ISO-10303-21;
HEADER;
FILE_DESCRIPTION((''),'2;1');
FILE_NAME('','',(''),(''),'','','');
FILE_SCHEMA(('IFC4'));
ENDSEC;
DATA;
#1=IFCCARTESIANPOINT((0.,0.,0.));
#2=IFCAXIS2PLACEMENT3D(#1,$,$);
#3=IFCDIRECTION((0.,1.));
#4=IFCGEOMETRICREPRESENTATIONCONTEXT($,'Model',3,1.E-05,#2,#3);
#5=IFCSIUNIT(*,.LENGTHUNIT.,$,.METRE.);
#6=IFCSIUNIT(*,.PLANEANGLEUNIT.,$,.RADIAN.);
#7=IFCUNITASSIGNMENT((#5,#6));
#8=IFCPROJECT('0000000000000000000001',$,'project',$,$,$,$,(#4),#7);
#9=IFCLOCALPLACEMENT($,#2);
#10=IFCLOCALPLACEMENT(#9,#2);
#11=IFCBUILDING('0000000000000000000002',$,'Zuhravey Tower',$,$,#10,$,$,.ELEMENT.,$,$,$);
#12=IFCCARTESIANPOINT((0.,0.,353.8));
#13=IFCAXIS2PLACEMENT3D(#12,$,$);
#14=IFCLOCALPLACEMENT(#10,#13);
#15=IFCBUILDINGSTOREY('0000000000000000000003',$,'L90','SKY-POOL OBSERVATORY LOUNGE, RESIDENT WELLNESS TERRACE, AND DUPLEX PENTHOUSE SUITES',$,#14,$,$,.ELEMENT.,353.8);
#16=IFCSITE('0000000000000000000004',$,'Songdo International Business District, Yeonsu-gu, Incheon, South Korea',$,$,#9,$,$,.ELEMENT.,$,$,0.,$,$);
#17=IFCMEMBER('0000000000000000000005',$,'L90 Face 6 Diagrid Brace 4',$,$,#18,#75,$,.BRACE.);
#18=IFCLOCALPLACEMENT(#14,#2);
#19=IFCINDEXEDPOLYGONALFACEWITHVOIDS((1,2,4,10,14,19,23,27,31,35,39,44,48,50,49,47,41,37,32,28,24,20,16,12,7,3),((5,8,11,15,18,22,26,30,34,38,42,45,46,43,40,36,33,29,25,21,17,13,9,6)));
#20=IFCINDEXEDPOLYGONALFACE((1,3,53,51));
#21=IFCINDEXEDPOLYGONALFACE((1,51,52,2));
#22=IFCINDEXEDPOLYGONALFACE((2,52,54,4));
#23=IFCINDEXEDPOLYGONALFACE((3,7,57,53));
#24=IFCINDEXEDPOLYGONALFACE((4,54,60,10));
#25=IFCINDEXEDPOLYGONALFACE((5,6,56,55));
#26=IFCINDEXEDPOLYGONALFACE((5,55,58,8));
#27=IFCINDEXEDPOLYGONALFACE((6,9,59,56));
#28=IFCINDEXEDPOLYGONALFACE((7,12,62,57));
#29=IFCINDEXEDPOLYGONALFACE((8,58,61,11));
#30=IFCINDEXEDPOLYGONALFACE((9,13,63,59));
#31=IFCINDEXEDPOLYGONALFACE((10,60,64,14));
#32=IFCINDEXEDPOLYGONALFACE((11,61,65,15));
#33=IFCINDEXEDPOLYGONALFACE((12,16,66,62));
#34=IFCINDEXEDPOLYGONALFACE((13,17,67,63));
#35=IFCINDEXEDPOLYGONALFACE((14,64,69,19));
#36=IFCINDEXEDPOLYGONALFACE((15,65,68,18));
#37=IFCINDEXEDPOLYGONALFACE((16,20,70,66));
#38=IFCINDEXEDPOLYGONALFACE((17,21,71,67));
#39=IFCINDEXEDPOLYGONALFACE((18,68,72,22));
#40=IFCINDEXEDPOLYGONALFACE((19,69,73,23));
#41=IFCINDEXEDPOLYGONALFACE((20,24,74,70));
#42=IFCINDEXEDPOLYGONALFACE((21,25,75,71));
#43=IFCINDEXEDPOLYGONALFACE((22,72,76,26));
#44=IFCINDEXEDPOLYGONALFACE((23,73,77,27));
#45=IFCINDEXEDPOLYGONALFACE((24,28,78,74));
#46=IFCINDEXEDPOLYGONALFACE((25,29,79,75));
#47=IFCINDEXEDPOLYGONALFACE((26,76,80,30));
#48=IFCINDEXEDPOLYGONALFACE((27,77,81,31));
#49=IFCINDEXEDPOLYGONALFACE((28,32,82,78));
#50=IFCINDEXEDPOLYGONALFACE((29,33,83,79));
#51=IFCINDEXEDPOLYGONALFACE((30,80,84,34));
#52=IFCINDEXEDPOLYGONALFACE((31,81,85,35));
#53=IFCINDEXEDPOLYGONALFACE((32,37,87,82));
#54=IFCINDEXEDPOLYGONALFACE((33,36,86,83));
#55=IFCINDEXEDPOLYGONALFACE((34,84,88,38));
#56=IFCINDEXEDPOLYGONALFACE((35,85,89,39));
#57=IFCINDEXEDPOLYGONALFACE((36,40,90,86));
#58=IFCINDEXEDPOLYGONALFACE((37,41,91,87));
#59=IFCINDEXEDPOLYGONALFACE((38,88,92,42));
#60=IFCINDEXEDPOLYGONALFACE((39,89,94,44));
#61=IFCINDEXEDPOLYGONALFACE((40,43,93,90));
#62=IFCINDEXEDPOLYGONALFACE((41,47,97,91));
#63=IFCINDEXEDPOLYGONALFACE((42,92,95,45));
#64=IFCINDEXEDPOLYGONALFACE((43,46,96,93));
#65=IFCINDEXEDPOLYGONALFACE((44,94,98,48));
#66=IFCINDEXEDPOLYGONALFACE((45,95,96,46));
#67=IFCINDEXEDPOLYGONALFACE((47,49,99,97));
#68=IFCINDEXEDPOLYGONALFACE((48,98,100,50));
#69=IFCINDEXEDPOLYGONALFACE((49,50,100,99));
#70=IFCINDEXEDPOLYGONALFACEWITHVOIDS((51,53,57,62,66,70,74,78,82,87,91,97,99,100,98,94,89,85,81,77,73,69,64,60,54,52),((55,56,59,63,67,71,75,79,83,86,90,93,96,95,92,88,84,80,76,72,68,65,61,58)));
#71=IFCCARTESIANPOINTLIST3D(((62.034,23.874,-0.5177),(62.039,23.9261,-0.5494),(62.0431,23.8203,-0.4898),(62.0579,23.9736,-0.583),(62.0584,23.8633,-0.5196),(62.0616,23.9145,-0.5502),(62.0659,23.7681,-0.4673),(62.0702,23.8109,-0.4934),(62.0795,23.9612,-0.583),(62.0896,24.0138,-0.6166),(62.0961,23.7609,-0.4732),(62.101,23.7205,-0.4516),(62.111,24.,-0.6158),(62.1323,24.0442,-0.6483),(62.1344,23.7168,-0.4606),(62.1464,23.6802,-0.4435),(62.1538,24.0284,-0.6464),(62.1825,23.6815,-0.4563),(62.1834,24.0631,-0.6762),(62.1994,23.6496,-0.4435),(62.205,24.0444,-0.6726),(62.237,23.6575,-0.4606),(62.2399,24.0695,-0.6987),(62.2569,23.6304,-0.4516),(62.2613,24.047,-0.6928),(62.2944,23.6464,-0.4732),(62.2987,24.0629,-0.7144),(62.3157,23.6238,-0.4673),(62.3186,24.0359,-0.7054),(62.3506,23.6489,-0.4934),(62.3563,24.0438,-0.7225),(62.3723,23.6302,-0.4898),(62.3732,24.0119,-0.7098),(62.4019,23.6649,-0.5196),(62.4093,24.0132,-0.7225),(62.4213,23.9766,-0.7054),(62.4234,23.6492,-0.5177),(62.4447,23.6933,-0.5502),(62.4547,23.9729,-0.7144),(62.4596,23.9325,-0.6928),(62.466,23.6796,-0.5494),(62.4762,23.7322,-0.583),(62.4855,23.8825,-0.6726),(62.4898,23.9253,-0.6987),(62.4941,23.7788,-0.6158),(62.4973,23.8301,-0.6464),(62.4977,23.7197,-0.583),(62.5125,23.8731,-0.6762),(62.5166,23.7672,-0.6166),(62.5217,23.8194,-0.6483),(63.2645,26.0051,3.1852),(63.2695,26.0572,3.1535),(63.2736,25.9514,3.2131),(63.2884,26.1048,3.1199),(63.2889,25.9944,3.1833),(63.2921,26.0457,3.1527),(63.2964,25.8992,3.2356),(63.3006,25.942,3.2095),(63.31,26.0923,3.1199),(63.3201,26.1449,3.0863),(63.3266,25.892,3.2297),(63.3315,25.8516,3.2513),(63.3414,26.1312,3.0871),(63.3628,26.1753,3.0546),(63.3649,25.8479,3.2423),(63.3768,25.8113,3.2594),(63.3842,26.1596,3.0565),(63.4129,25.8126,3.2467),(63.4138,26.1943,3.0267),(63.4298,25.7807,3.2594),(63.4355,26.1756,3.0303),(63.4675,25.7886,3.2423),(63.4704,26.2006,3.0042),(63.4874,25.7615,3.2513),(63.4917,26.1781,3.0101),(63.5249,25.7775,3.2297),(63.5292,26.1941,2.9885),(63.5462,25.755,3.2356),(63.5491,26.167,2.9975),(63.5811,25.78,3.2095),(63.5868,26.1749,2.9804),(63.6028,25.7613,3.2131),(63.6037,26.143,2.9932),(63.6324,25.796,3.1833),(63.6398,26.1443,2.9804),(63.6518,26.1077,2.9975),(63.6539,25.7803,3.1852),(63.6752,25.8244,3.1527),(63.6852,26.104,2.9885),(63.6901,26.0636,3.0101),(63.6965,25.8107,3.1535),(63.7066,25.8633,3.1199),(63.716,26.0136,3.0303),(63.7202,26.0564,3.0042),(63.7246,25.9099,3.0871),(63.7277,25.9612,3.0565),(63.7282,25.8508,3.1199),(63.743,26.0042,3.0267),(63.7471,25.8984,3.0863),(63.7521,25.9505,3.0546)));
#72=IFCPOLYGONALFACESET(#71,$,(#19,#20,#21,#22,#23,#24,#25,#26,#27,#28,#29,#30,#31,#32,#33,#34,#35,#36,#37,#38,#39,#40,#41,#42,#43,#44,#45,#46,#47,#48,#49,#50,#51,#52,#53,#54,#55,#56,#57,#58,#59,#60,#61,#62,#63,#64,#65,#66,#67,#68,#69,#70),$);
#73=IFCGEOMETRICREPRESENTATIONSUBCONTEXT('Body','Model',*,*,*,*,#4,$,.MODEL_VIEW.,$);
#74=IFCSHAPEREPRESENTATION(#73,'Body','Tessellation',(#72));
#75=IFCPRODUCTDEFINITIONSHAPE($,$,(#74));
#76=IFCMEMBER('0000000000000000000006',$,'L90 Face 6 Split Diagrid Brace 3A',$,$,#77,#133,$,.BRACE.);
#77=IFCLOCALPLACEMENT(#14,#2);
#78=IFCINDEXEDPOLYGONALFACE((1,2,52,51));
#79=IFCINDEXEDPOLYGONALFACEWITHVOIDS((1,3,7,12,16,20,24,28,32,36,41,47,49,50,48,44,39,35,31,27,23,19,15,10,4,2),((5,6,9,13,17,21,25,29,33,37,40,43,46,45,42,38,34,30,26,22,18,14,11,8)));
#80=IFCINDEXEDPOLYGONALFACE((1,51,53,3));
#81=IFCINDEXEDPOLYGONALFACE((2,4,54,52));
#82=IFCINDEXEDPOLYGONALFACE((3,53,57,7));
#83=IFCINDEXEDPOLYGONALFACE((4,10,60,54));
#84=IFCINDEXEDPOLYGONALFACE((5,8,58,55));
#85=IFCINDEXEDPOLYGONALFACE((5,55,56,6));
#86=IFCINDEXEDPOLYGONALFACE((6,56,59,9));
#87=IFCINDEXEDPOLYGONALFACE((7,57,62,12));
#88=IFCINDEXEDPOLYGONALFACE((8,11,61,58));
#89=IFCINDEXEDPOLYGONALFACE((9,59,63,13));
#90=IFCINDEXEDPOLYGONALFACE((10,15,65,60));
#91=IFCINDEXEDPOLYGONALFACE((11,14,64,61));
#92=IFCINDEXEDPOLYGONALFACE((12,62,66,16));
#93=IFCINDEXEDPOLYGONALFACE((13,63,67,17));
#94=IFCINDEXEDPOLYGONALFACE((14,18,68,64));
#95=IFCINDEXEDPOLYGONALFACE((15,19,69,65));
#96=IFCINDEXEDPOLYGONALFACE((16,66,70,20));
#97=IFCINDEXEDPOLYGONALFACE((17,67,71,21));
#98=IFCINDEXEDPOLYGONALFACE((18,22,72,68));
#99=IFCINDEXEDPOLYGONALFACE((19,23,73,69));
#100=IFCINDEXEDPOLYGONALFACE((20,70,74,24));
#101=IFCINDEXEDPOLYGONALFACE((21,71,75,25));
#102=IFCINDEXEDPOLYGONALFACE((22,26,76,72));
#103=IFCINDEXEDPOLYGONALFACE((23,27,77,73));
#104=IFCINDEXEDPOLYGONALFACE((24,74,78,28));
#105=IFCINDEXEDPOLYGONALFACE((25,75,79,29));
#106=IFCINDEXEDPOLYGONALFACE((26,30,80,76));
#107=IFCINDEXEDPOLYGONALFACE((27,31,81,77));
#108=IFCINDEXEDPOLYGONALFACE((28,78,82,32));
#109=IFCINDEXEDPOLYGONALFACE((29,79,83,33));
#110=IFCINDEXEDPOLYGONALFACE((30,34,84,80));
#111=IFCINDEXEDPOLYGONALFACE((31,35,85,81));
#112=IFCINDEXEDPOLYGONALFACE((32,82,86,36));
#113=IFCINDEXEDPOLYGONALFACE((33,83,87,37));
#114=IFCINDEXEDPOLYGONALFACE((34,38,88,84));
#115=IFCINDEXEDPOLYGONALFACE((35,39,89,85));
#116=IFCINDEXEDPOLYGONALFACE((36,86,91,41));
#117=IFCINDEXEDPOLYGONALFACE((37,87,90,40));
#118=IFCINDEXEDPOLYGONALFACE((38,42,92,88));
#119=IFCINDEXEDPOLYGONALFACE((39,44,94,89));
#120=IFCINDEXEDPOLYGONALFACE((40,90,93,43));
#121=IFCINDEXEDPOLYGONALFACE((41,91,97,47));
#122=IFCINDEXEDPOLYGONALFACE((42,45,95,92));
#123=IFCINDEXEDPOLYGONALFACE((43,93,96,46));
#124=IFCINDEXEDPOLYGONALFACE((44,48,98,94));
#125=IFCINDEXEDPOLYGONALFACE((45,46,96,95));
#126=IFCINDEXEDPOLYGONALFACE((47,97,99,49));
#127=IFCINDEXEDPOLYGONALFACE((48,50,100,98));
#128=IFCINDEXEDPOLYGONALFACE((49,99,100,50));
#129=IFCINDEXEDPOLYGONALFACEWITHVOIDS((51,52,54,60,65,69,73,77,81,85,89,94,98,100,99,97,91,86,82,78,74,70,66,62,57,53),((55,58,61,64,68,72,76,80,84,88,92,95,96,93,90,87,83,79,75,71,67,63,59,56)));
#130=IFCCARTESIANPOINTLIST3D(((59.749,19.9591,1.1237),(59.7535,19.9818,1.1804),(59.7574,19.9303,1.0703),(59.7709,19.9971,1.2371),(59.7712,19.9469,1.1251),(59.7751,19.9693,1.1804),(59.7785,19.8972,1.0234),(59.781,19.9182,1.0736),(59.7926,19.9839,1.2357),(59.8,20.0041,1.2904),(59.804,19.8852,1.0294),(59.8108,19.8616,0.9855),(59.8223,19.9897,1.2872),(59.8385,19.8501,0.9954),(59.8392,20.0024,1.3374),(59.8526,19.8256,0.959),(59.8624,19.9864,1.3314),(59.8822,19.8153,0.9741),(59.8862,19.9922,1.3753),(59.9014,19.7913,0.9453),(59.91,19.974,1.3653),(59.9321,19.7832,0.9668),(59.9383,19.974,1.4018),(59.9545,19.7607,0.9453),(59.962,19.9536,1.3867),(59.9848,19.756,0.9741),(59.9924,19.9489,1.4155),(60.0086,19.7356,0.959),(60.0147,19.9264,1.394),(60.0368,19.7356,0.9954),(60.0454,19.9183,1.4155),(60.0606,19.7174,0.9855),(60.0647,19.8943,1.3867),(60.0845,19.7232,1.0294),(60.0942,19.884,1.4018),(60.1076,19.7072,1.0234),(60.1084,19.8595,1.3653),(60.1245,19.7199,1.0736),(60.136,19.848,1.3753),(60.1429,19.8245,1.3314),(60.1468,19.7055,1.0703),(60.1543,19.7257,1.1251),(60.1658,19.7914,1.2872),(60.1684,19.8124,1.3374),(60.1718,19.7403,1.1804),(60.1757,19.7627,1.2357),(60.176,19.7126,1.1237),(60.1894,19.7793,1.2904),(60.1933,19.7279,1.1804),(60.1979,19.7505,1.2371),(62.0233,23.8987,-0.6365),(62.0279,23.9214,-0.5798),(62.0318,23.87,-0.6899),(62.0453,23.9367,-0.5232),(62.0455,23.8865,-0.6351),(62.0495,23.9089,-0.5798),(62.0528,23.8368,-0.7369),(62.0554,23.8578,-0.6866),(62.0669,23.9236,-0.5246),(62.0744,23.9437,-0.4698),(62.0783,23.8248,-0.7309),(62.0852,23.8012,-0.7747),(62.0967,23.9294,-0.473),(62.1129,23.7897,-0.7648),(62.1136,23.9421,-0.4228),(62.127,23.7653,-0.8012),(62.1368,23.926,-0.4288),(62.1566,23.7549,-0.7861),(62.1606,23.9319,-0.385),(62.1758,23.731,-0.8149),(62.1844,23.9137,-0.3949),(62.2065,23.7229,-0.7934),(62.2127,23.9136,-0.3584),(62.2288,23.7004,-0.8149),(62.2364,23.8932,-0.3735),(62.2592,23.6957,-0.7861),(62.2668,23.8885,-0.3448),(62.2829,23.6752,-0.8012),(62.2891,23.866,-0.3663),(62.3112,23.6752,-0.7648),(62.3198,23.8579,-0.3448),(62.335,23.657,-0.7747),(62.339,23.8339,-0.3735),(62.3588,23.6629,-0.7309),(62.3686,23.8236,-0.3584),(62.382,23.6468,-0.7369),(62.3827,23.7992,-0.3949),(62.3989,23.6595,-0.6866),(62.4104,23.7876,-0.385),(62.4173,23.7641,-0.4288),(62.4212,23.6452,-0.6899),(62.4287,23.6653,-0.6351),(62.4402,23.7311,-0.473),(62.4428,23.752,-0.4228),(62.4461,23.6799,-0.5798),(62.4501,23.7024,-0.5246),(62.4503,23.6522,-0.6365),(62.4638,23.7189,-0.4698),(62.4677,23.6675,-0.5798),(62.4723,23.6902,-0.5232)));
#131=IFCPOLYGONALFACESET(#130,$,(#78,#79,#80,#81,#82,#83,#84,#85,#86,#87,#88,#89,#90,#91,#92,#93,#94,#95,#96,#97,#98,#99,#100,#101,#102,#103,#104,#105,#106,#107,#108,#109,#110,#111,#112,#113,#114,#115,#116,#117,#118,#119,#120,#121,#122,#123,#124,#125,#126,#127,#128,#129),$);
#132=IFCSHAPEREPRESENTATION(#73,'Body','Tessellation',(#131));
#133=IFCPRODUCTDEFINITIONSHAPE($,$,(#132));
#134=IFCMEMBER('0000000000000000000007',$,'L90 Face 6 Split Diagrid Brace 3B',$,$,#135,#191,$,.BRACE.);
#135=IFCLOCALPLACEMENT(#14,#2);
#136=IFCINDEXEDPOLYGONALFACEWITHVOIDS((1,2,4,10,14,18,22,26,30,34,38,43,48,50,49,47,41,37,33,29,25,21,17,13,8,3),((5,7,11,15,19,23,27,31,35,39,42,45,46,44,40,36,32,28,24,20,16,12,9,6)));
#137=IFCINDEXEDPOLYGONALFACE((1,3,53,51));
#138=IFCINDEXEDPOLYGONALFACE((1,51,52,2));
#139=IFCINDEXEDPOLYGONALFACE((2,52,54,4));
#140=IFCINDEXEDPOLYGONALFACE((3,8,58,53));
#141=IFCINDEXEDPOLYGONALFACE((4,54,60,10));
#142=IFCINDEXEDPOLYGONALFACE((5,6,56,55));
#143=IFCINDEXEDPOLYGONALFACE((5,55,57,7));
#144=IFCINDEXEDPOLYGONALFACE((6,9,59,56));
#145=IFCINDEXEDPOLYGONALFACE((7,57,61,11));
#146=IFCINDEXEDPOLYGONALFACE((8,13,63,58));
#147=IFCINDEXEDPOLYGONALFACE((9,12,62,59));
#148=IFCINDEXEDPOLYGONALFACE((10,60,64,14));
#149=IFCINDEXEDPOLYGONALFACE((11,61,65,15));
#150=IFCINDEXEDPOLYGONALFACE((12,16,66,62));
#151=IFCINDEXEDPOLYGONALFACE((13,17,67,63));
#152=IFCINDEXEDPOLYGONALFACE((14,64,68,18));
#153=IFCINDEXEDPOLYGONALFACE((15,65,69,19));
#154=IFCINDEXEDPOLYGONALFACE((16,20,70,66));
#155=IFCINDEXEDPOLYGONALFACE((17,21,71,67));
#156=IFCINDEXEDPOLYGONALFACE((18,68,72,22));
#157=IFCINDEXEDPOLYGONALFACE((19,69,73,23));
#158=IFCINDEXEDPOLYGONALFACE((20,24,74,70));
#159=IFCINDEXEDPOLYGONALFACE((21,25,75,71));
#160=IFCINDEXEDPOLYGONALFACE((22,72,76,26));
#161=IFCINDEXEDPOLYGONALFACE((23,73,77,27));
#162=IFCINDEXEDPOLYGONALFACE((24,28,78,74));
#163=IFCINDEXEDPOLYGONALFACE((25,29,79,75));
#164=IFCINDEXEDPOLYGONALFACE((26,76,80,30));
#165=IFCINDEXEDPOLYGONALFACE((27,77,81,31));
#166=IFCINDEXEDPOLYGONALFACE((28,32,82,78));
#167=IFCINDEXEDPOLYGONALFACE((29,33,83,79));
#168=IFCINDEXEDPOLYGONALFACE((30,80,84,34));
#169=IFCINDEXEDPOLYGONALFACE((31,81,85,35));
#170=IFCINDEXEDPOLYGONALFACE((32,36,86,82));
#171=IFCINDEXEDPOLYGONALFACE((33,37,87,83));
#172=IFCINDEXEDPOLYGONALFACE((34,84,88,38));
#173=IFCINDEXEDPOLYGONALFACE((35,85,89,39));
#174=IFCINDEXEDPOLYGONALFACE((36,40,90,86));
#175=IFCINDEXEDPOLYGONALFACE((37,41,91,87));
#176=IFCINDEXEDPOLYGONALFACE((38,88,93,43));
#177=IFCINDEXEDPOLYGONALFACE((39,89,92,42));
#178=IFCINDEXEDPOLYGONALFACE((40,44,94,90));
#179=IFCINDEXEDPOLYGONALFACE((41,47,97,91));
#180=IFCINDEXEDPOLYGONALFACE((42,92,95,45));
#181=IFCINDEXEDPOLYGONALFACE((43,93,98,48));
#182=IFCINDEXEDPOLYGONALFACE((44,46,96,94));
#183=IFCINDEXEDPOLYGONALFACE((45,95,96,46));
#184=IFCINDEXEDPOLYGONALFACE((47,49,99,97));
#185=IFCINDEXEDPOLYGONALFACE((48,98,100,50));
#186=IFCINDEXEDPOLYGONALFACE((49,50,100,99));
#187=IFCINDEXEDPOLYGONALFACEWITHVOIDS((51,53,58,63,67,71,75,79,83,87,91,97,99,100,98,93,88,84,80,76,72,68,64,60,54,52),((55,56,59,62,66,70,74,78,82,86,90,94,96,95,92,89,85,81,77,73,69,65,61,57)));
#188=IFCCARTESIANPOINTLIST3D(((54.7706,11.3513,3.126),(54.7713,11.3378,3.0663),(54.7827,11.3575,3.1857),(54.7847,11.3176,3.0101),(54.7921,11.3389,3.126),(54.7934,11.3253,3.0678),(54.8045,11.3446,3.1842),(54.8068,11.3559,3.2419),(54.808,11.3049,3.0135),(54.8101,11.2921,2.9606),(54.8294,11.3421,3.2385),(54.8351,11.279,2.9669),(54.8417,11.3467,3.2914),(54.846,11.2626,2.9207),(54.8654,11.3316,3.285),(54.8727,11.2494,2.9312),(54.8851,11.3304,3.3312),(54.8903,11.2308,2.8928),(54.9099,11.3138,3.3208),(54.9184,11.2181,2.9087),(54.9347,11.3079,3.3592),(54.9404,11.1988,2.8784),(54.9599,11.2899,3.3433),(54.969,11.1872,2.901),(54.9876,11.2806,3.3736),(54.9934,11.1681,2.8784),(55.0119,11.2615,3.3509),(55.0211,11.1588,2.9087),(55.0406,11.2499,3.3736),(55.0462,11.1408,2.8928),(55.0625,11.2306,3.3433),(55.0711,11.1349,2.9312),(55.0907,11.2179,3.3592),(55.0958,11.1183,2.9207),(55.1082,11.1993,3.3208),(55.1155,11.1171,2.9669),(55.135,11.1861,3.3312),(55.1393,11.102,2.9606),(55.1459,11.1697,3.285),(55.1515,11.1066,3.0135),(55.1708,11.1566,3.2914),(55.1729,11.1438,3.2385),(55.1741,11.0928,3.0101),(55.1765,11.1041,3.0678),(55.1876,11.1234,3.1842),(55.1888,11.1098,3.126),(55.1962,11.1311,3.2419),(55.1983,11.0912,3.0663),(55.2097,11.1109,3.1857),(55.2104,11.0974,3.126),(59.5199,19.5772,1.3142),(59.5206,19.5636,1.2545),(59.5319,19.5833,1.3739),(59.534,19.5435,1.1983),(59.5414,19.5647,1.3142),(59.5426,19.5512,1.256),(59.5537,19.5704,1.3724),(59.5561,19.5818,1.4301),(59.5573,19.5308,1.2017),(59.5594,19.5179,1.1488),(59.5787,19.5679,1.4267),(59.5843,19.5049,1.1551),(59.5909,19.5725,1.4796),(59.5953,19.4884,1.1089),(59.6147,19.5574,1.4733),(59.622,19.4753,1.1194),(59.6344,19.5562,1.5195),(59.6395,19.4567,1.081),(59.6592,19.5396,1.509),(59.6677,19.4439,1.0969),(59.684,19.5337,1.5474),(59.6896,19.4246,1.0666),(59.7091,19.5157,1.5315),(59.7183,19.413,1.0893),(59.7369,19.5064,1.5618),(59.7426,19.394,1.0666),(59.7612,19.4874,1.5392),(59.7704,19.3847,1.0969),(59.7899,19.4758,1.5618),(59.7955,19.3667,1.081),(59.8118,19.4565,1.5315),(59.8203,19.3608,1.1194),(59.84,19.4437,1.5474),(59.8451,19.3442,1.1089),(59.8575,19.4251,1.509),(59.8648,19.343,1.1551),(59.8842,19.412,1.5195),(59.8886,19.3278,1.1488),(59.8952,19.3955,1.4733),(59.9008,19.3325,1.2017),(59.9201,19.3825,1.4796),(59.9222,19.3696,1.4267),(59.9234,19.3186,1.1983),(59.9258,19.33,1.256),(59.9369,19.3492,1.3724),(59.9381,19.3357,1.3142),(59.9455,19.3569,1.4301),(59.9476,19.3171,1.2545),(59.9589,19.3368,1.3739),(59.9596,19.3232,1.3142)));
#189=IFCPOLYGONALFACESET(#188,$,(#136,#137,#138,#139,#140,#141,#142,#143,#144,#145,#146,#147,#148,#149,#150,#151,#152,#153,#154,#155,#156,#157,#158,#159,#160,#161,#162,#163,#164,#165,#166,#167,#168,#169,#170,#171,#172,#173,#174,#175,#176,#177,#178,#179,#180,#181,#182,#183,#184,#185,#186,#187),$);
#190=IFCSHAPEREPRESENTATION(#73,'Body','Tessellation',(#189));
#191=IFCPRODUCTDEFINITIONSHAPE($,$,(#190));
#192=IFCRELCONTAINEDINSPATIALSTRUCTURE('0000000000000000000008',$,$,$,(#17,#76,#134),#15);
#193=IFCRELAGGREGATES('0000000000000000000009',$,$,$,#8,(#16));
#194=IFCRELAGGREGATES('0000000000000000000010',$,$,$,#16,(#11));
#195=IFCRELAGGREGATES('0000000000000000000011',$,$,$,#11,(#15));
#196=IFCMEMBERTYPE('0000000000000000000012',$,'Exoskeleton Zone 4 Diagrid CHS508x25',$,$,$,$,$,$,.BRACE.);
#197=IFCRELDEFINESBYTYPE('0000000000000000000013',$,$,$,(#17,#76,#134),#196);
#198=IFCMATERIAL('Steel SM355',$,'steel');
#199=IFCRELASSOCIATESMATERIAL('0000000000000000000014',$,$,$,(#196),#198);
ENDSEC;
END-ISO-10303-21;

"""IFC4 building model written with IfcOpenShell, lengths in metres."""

from ifc_helpers import new_model, si_unit, direction, frame, origin, origin_2d, place, context, subcontext, project, spatial, hollow_circle, extrude, material, material_profile, profile_set, type_object, element, save


model = new_model("IFC4")

# Units and contexts
model_context = context("Model", 3, precision=1e-05, world=origin(), true_north=direction((0.0, 1.0)))
body_context = subcontext(model_context, "Body", "Model", "MODEL_VIEW")
ifc_project = project(units=[si_unit("LENGTHUNIT", "METRE"), si_unit("PLANEANGLEUNIT", "RADIAN")], contexts=[model_context])

# Site, building, storey
site_placement = place(None, origin())
site = spatial("IfcSite", under=ifc_project, at=site_placement, Name="Songdo International Business District, Yeonsu-gu, Incheon, South Korea", CompositionType="ELEMENT", RefElevation=0.0)
building_placement = place(site_placement, origin())
building = spatial("IfcBuilding", under=site, at=building_placement, Name="Zuhravey Tower", CompositionType="ELEMENT")
storey_placement = place(building_placement, frame((0.0, 0.0, 353.8)))
storey = spatial("IfcBuildingStorey", under=building, at=storey_placement, Name="L90", Description="SKY-POOL OBSERVATORY LOUNGE, RESIDENT WELLNESS TERRACE, AND DUPLEX PENTHOUSE SUITES", CompositionType="ELEMENT", Elevation=353.8)

# Members
ifc_material_1 = material(Name="Steel SM355", Category="steel")
ifc_material_profile_1 = material_profile(ifc_material_1, hollow_circle(Radius=0.2539, WallThickness=0.0249, at=origin_2d()), Name="CHS-508.0x25")
ifc_profile_set_1 = profile_set([ifc_material_profile_1], Name="Steel SM355")
member_type_1 = type_object("IfcMemberType", Name="Exoskeleton Zone 4 Diagrid CHS508x25", PredefinedType="BRACE", material=ifc_profile_set_1)
member_1_placement = place(storey_placement, frame((62.2778, 23.8467, -0.583), z_axis=(0.276758, 0.47933, 0.832855), x_axis=(-0.866012, 0.500023, 0.0)))
element("IfcMember", 1, at=member_1_placement, inside=storey, type_object=member_type_1, Name="L90 Face 6 Diagrid Brace 4", PredefinedType="BRACE", context=body_context, shape_type="SweptSolid", body=[
    extrude(hollow_circle(Radius=0.2539, WallThickness=0.0249, at=origin_2d()), origin(), (0.0, 0.0, 1.0), 4.446),
])
member_2_placement = place(storey_placement, frame((62.2478, 23.7944, -0.5798), z_axis=(-0.466281, -0.807684, 0.360872), x_axis=(0.866042, -0.499972, 0.0)))
element("IfcMember", 2, at=member_2_placement, inside=storey, type_object=member_type_1, Name="L90 Face 6 Split Diagrid Brace 3A", PredefinedType="BRACE", context=body_context, shape_type="SweptSolid", body=[
    extrude(hollow_circle(Radius=0.2539, WallThickness=0.0249, at=origin_2d()), origin(), (0.0, 0.0, 1.0), 4.8777),
])
member_3_placement = place(storey_placement, frame((59.7397, 19.4502, 1.3142), z_axis=(-0.491151, -0.850685, 0.187366), x_axis=(0.866022, -0.500007, 0.0)))
element("IfcMember", 3, at=member_3_placement, inside=storey, type_object=member_type_1, Name="L90 Face 6 Split Diagrid Brace 3B", PredefinedType="BRACE", context=body_context, shape_type="SweptSolid", body=[
    extrude(hollow_circle(Radius=0.2539, WallThickness=0.0249, at=origin_2d()), origin(), (0.0, 0.0, 1.0), 9.6697),
])

save(model, "model.ifc")
